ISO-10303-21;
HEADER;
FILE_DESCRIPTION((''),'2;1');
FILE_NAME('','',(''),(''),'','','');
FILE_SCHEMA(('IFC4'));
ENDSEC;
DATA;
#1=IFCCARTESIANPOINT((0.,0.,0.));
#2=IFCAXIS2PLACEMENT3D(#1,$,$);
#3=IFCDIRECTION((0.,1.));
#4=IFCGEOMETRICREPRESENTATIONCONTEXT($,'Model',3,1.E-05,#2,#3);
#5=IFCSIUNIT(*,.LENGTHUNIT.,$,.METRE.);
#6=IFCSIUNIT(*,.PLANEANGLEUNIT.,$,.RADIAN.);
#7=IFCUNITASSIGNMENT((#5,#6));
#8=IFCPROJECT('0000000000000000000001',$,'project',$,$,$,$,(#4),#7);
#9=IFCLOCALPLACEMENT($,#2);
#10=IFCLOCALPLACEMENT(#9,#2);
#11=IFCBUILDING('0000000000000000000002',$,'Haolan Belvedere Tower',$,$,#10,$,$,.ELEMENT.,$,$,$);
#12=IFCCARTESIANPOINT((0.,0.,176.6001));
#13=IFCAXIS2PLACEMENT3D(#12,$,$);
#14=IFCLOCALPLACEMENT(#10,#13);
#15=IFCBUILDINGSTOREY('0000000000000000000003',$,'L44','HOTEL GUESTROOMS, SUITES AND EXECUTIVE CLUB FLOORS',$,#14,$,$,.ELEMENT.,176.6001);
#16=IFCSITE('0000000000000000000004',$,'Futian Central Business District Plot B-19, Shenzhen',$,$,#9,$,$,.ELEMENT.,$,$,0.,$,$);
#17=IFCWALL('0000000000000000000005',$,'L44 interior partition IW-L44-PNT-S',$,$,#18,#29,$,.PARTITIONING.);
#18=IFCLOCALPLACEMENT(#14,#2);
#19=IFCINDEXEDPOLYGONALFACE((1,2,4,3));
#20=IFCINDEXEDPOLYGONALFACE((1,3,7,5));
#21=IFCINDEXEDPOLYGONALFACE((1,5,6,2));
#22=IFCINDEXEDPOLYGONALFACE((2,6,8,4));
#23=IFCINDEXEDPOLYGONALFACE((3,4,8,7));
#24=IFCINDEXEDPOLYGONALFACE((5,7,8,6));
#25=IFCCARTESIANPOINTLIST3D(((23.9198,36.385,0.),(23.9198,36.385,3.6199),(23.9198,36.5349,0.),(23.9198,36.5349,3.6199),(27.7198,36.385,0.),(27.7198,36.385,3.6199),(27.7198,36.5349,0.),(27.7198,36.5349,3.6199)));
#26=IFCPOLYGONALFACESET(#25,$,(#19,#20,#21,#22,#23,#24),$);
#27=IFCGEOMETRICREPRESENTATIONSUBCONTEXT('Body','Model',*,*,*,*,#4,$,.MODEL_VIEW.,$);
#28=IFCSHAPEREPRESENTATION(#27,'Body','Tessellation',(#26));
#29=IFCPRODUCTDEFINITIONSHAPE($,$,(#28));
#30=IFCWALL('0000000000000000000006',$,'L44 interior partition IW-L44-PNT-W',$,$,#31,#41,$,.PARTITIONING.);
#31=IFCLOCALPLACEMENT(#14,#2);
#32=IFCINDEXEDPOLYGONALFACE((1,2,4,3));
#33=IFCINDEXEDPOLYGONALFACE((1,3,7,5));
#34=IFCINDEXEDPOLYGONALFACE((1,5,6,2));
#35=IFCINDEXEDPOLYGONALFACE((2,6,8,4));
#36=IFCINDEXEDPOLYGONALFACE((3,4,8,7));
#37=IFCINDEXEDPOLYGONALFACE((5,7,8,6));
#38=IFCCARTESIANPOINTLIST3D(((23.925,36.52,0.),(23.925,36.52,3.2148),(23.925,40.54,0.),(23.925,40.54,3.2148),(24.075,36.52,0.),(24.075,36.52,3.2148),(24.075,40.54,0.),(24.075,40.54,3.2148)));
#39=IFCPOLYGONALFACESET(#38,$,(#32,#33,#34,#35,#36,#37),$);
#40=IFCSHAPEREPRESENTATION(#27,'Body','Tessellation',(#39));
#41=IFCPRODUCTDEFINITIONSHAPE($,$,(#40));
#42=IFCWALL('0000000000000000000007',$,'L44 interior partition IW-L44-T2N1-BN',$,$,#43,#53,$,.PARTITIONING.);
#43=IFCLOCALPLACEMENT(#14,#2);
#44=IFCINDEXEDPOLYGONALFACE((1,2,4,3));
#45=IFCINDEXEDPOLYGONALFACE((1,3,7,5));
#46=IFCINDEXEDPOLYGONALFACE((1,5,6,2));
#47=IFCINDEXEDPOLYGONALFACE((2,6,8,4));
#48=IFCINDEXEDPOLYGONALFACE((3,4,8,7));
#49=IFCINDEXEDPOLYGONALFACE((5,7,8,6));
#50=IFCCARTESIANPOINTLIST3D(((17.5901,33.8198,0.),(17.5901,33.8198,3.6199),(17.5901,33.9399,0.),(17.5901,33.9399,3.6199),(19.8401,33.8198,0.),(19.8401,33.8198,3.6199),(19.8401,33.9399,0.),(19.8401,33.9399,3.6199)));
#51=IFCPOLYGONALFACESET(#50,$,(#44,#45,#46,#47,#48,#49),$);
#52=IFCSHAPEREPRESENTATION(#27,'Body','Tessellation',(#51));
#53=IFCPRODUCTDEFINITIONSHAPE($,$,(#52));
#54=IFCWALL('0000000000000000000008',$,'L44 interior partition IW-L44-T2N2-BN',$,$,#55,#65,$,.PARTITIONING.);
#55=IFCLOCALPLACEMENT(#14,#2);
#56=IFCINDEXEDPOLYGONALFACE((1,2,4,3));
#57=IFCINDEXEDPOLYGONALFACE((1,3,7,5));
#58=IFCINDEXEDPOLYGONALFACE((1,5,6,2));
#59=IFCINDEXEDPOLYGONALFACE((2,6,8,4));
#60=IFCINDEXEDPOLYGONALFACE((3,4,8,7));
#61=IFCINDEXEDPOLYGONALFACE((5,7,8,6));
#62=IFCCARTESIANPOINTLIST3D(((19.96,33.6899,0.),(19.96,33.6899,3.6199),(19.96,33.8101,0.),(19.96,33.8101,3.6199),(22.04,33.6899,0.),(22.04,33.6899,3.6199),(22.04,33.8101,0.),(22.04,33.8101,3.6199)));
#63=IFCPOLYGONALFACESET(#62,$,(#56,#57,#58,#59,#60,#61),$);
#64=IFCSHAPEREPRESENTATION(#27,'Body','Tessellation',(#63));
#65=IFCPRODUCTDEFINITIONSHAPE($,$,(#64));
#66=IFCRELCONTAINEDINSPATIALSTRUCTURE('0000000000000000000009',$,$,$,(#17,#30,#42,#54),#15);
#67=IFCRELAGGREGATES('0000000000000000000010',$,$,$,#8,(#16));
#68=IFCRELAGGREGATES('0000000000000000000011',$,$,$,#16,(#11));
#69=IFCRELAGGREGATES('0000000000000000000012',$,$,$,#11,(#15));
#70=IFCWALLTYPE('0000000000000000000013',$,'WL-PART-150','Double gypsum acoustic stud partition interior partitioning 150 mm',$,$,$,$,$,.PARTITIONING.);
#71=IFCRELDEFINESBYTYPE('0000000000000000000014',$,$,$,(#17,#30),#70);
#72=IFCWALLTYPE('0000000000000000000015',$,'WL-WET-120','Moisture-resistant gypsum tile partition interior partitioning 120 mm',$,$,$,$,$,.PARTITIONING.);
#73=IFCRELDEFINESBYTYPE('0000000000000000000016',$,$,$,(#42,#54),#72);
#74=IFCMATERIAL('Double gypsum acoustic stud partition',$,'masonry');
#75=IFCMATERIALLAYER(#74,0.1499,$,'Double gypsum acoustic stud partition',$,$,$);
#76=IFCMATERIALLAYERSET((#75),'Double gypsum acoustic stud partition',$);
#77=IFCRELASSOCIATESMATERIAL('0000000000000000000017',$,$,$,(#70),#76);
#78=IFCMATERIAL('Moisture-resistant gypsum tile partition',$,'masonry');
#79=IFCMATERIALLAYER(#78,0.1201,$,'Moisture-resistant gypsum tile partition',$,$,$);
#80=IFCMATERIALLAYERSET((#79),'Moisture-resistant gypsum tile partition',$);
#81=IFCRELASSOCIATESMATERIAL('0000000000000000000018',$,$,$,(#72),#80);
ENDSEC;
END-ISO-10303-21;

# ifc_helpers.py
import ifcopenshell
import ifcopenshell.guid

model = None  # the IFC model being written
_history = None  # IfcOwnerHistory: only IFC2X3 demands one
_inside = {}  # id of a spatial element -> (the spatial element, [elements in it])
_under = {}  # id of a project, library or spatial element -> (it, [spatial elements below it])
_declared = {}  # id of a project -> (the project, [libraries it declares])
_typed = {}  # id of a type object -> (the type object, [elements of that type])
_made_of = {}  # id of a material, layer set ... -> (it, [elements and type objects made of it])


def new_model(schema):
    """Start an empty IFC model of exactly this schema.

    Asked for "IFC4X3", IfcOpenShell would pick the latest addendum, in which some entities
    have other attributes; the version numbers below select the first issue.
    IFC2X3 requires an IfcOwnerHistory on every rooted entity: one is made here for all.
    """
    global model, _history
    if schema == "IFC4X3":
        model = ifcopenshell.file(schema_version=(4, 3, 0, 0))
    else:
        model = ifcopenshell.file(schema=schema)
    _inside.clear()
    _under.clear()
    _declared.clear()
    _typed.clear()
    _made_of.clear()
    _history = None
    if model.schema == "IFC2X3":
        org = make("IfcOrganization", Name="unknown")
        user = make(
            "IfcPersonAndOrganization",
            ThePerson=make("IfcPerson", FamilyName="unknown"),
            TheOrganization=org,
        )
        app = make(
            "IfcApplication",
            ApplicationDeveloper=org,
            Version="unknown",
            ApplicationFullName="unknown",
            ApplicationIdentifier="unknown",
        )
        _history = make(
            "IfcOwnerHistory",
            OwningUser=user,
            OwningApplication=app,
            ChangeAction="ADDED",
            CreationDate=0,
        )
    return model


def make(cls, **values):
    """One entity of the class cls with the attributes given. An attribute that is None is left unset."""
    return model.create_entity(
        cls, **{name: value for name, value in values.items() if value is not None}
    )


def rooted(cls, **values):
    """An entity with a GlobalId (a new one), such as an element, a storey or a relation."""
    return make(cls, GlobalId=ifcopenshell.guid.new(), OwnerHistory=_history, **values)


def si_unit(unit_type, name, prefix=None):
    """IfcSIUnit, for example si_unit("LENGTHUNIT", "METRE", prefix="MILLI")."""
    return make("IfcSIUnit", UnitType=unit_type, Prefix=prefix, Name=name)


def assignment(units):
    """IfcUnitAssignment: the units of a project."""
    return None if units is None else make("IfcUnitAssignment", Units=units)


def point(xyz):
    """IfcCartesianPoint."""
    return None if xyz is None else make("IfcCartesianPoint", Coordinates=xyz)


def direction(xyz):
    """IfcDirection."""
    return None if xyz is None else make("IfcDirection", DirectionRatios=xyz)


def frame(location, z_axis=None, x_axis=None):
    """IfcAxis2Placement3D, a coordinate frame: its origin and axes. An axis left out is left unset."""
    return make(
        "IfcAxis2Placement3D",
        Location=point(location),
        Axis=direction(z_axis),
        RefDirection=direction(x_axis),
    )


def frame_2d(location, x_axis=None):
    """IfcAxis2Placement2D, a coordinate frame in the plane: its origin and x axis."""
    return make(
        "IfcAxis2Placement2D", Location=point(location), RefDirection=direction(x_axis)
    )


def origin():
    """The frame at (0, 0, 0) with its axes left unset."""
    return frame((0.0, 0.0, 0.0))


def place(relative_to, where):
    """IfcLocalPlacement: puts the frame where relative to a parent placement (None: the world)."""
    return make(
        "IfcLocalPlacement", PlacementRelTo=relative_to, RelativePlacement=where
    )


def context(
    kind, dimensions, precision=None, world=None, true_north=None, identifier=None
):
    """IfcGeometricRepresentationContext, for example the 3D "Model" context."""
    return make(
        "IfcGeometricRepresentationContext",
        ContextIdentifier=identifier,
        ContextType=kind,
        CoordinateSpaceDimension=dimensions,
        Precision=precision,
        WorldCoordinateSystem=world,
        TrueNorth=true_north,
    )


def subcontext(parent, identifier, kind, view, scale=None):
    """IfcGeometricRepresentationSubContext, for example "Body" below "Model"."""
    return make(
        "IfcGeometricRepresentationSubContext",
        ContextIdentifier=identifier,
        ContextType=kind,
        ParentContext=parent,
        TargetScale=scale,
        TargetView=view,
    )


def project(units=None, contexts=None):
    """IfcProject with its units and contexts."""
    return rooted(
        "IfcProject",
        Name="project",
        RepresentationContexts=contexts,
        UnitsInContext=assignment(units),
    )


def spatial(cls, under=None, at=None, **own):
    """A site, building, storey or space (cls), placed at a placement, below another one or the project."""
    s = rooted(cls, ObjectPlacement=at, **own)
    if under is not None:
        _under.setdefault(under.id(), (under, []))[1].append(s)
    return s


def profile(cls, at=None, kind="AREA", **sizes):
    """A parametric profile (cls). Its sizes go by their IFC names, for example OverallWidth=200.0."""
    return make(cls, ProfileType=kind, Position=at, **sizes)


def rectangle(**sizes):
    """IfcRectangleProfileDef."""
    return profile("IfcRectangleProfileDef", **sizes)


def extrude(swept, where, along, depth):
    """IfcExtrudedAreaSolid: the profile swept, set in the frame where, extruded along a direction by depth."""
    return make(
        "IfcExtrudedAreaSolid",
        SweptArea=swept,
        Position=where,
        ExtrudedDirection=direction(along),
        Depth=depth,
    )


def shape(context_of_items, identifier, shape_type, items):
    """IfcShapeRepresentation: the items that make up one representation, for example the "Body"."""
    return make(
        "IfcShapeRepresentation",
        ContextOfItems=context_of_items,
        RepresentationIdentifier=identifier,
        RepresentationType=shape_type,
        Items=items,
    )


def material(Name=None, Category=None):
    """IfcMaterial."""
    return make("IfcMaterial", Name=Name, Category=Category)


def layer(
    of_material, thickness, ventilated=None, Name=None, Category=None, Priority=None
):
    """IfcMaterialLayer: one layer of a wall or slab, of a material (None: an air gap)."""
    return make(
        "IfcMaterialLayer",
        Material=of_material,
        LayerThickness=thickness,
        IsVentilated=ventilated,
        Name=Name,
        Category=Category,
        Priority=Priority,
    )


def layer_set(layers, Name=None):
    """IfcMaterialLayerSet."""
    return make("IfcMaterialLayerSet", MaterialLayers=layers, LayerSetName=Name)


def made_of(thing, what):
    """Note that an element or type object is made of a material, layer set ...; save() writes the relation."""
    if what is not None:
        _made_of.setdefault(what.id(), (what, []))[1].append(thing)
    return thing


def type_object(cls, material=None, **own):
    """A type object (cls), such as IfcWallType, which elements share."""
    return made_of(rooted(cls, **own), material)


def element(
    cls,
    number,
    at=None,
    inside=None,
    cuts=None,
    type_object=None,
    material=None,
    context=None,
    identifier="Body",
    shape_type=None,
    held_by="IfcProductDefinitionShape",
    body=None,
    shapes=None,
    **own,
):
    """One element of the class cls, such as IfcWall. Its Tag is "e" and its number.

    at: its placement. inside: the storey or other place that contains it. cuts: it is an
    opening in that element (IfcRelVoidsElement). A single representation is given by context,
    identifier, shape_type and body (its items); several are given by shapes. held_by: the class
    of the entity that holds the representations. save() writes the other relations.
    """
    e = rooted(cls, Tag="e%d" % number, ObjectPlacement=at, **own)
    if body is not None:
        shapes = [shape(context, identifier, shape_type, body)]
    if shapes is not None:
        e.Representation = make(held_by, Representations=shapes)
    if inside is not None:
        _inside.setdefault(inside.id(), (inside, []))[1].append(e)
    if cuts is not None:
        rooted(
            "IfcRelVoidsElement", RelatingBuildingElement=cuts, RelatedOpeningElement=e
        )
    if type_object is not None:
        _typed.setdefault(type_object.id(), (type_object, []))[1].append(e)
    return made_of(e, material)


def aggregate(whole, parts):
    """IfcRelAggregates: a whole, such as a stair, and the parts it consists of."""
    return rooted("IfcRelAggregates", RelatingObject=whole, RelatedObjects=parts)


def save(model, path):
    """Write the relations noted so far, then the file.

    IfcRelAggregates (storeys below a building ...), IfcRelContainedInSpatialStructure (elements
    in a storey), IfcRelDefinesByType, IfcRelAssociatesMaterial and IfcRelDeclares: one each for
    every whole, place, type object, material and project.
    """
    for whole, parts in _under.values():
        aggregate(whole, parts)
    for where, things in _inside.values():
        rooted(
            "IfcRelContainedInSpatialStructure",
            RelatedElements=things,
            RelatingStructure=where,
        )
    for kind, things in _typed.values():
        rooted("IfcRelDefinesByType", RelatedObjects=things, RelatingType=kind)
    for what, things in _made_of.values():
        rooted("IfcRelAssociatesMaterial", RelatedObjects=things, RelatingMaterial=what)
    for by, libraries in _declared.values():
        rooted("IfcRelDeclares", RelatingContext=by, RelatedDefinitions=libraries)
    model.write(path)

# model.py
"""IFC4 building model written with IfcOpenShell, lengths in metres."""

from ifc_helpers import new_model, si_unit, direction, frame, frame_2d, origin, place, context, subcontext, project, spatial, rectangle, extrude, material, layer, layer_set, type_object, element, save


model = new_model("IFC4")

# Units and contexts
model_context = context("Model", 3, precision=1e-05, world=origin(), true_north=direction((0.0, 1.0)))
body_context = subcontext(model_context, "Body", "Model", "MODEL_VIEW")
ifc_project = project(units=[si_unit("LENGTHUNIT", "METRE"), si_unit("PLANEANGLEUNIT", "RADIAN")], contexts=[model_context])

# Site, building, storey
site_placement = place(None, origin())
site = spatial("IfcSite", under=ifc_project, at=site_placement, Name="Futian Central Business District Plot B-19, Shenzhen", CompositionType="ELEMENT", RefElevation=0.0)
building_placement = place(site_placement, origin())
building = spatial("IfcBuilding", under=site, at=building_placement, Name="Haolan Belvedere Tower", CompositionType="ELEMENT")
storey_placement = place(building_placement, frame((0.0, 0.0, 176.6001)))
storey = spatial("IfcBuildingStorey", under=building, at=storey_placement, Name="L44", Description="HOTEL GUESTROOMS, SUITES AND EXECUTIVE CLUB FLOORS", CompositionType="ELEMENT", Elevation=176.6001)

# Walls
ifc_material_1 = material(Name="Double gypsum acoustic stud partition", Category="masonry")
ifc_layer_1 = layer(ifc_material_1, 0.1499, Name="Double gypsum acoustic stud partition")
ifc_layer_set_1 = layer_set([ifc_layer_1], Name="Double gypsum acoustic stud partition")
wall_type_1 = type_object("IfcWallType", Name="WL-PART-150", Description="Double gypsum acoustic stud partition interior partitioning 150 mm", PredefinedType="PARTITIONING", material=ifc_layer_set_1)
wall_1_placement = place(storey_placement, frame((23.9199, 36.46, 0.0), z_axis=(0.0, 0.0, 1.0), x_axis=(1.0, 0.0, 0.0)))
element("IfcWall", 1, at=wall_1_placement, inside=storey, type_object=wall_type_1, Name="L44 interior partition IW-L44-PNT-S", PredefinedType="PARTITIONING", context=body_context, shape_type="SweptSolid", body=[
    extrude(rectangle(XDim=3.8, YDim=0.1499, at=frame_2d((1.8999, 0.0))), origin(), (0.0, 0.0, 1.0), 3.6199),
])
wall_2_placement = place(storey_placement, frame((24.0, 36.52, 0.0), z_axis=(0.0, 0.0, 1.0), x_axis=(0.0, 1.0, 0.0)))
element("IfcWall", 2, at=wall_2_placement, inside=storey, type_object=wall_type_1, Name="L44 interior partition IW-L44-PNT-W", PredefinedType="PARTITIONING", context=body_context, shape_type="SweptSolid", body=[
    extrude(rectangle(XDim=4.02, YDim=0.1499, at=frame_2d((2.01, 0.0))), origin(), (0.0, 0.0, 1.0), 3.2148),
])
ifc_material_2 = material(Name="Moisture-resistant gypsum tile partition", Category="masonry")
ifc_layer_2 = layer(ifc_material_2, 0.1201, Name="Moisture-resistant gypsum tile partition")
ifc_layer_set_2 = layer_set([ifc_layer_2], Name="Moisture-resistant gypsum tile partition")
wall_type_2 = type_object("IfcWallType", Name="WL-WET-120", Description="Moisture-resistant gypsum tile partition interior partitioning 120 mm", PredefinedType="PARTITIONING", material=ifc_layer_set_2)
wall_3_placement = place(storey_placement, frame((17.5901, 33.8799, 0.0), z_axis=(0.0, 0.0, 1.0), x_axis=(1.0, 0.0, 0.0)))
element("IfcWall", 3, at=wall_3_placement, inside=storey, type_object=wall_type_2, Name="L44 interior partition IW-L44-T2N1-BN", PredefinedType="PARTITIONING", context=body_context, shape_type="SweptSolid", body=[
    extrude(rectangle(XDim=2.25, YDim=0.1201, at=frame_2d((1.125, 0.0))), origin(), (0.0, 0.0, 1.0), 3.6199),
])
wall_4_placement = place(storey_placement, frame((19.96, 33.75, 0.0), z_axis=(0.0, 0.0, 1.0), x_axis=(1.0, 0.0, 0.0)))
element("IfcWall", 4, at=wall_4_placement, inside=storey, type_object=wall_type_2, Name="L44 interior partition IW-L44-T2N2-BN", PredefinedType="PARTITIONING", context=body_context, shape_type="SweptSolid", body=[
    extrude(rectangle(XDim=2.0801, YDim=0.1201, at=frame_2d((1.04, 0.0))), origin(), (0.0, 0.0, 1.0), 3.6199),
])

save(model, "model.ifc")
